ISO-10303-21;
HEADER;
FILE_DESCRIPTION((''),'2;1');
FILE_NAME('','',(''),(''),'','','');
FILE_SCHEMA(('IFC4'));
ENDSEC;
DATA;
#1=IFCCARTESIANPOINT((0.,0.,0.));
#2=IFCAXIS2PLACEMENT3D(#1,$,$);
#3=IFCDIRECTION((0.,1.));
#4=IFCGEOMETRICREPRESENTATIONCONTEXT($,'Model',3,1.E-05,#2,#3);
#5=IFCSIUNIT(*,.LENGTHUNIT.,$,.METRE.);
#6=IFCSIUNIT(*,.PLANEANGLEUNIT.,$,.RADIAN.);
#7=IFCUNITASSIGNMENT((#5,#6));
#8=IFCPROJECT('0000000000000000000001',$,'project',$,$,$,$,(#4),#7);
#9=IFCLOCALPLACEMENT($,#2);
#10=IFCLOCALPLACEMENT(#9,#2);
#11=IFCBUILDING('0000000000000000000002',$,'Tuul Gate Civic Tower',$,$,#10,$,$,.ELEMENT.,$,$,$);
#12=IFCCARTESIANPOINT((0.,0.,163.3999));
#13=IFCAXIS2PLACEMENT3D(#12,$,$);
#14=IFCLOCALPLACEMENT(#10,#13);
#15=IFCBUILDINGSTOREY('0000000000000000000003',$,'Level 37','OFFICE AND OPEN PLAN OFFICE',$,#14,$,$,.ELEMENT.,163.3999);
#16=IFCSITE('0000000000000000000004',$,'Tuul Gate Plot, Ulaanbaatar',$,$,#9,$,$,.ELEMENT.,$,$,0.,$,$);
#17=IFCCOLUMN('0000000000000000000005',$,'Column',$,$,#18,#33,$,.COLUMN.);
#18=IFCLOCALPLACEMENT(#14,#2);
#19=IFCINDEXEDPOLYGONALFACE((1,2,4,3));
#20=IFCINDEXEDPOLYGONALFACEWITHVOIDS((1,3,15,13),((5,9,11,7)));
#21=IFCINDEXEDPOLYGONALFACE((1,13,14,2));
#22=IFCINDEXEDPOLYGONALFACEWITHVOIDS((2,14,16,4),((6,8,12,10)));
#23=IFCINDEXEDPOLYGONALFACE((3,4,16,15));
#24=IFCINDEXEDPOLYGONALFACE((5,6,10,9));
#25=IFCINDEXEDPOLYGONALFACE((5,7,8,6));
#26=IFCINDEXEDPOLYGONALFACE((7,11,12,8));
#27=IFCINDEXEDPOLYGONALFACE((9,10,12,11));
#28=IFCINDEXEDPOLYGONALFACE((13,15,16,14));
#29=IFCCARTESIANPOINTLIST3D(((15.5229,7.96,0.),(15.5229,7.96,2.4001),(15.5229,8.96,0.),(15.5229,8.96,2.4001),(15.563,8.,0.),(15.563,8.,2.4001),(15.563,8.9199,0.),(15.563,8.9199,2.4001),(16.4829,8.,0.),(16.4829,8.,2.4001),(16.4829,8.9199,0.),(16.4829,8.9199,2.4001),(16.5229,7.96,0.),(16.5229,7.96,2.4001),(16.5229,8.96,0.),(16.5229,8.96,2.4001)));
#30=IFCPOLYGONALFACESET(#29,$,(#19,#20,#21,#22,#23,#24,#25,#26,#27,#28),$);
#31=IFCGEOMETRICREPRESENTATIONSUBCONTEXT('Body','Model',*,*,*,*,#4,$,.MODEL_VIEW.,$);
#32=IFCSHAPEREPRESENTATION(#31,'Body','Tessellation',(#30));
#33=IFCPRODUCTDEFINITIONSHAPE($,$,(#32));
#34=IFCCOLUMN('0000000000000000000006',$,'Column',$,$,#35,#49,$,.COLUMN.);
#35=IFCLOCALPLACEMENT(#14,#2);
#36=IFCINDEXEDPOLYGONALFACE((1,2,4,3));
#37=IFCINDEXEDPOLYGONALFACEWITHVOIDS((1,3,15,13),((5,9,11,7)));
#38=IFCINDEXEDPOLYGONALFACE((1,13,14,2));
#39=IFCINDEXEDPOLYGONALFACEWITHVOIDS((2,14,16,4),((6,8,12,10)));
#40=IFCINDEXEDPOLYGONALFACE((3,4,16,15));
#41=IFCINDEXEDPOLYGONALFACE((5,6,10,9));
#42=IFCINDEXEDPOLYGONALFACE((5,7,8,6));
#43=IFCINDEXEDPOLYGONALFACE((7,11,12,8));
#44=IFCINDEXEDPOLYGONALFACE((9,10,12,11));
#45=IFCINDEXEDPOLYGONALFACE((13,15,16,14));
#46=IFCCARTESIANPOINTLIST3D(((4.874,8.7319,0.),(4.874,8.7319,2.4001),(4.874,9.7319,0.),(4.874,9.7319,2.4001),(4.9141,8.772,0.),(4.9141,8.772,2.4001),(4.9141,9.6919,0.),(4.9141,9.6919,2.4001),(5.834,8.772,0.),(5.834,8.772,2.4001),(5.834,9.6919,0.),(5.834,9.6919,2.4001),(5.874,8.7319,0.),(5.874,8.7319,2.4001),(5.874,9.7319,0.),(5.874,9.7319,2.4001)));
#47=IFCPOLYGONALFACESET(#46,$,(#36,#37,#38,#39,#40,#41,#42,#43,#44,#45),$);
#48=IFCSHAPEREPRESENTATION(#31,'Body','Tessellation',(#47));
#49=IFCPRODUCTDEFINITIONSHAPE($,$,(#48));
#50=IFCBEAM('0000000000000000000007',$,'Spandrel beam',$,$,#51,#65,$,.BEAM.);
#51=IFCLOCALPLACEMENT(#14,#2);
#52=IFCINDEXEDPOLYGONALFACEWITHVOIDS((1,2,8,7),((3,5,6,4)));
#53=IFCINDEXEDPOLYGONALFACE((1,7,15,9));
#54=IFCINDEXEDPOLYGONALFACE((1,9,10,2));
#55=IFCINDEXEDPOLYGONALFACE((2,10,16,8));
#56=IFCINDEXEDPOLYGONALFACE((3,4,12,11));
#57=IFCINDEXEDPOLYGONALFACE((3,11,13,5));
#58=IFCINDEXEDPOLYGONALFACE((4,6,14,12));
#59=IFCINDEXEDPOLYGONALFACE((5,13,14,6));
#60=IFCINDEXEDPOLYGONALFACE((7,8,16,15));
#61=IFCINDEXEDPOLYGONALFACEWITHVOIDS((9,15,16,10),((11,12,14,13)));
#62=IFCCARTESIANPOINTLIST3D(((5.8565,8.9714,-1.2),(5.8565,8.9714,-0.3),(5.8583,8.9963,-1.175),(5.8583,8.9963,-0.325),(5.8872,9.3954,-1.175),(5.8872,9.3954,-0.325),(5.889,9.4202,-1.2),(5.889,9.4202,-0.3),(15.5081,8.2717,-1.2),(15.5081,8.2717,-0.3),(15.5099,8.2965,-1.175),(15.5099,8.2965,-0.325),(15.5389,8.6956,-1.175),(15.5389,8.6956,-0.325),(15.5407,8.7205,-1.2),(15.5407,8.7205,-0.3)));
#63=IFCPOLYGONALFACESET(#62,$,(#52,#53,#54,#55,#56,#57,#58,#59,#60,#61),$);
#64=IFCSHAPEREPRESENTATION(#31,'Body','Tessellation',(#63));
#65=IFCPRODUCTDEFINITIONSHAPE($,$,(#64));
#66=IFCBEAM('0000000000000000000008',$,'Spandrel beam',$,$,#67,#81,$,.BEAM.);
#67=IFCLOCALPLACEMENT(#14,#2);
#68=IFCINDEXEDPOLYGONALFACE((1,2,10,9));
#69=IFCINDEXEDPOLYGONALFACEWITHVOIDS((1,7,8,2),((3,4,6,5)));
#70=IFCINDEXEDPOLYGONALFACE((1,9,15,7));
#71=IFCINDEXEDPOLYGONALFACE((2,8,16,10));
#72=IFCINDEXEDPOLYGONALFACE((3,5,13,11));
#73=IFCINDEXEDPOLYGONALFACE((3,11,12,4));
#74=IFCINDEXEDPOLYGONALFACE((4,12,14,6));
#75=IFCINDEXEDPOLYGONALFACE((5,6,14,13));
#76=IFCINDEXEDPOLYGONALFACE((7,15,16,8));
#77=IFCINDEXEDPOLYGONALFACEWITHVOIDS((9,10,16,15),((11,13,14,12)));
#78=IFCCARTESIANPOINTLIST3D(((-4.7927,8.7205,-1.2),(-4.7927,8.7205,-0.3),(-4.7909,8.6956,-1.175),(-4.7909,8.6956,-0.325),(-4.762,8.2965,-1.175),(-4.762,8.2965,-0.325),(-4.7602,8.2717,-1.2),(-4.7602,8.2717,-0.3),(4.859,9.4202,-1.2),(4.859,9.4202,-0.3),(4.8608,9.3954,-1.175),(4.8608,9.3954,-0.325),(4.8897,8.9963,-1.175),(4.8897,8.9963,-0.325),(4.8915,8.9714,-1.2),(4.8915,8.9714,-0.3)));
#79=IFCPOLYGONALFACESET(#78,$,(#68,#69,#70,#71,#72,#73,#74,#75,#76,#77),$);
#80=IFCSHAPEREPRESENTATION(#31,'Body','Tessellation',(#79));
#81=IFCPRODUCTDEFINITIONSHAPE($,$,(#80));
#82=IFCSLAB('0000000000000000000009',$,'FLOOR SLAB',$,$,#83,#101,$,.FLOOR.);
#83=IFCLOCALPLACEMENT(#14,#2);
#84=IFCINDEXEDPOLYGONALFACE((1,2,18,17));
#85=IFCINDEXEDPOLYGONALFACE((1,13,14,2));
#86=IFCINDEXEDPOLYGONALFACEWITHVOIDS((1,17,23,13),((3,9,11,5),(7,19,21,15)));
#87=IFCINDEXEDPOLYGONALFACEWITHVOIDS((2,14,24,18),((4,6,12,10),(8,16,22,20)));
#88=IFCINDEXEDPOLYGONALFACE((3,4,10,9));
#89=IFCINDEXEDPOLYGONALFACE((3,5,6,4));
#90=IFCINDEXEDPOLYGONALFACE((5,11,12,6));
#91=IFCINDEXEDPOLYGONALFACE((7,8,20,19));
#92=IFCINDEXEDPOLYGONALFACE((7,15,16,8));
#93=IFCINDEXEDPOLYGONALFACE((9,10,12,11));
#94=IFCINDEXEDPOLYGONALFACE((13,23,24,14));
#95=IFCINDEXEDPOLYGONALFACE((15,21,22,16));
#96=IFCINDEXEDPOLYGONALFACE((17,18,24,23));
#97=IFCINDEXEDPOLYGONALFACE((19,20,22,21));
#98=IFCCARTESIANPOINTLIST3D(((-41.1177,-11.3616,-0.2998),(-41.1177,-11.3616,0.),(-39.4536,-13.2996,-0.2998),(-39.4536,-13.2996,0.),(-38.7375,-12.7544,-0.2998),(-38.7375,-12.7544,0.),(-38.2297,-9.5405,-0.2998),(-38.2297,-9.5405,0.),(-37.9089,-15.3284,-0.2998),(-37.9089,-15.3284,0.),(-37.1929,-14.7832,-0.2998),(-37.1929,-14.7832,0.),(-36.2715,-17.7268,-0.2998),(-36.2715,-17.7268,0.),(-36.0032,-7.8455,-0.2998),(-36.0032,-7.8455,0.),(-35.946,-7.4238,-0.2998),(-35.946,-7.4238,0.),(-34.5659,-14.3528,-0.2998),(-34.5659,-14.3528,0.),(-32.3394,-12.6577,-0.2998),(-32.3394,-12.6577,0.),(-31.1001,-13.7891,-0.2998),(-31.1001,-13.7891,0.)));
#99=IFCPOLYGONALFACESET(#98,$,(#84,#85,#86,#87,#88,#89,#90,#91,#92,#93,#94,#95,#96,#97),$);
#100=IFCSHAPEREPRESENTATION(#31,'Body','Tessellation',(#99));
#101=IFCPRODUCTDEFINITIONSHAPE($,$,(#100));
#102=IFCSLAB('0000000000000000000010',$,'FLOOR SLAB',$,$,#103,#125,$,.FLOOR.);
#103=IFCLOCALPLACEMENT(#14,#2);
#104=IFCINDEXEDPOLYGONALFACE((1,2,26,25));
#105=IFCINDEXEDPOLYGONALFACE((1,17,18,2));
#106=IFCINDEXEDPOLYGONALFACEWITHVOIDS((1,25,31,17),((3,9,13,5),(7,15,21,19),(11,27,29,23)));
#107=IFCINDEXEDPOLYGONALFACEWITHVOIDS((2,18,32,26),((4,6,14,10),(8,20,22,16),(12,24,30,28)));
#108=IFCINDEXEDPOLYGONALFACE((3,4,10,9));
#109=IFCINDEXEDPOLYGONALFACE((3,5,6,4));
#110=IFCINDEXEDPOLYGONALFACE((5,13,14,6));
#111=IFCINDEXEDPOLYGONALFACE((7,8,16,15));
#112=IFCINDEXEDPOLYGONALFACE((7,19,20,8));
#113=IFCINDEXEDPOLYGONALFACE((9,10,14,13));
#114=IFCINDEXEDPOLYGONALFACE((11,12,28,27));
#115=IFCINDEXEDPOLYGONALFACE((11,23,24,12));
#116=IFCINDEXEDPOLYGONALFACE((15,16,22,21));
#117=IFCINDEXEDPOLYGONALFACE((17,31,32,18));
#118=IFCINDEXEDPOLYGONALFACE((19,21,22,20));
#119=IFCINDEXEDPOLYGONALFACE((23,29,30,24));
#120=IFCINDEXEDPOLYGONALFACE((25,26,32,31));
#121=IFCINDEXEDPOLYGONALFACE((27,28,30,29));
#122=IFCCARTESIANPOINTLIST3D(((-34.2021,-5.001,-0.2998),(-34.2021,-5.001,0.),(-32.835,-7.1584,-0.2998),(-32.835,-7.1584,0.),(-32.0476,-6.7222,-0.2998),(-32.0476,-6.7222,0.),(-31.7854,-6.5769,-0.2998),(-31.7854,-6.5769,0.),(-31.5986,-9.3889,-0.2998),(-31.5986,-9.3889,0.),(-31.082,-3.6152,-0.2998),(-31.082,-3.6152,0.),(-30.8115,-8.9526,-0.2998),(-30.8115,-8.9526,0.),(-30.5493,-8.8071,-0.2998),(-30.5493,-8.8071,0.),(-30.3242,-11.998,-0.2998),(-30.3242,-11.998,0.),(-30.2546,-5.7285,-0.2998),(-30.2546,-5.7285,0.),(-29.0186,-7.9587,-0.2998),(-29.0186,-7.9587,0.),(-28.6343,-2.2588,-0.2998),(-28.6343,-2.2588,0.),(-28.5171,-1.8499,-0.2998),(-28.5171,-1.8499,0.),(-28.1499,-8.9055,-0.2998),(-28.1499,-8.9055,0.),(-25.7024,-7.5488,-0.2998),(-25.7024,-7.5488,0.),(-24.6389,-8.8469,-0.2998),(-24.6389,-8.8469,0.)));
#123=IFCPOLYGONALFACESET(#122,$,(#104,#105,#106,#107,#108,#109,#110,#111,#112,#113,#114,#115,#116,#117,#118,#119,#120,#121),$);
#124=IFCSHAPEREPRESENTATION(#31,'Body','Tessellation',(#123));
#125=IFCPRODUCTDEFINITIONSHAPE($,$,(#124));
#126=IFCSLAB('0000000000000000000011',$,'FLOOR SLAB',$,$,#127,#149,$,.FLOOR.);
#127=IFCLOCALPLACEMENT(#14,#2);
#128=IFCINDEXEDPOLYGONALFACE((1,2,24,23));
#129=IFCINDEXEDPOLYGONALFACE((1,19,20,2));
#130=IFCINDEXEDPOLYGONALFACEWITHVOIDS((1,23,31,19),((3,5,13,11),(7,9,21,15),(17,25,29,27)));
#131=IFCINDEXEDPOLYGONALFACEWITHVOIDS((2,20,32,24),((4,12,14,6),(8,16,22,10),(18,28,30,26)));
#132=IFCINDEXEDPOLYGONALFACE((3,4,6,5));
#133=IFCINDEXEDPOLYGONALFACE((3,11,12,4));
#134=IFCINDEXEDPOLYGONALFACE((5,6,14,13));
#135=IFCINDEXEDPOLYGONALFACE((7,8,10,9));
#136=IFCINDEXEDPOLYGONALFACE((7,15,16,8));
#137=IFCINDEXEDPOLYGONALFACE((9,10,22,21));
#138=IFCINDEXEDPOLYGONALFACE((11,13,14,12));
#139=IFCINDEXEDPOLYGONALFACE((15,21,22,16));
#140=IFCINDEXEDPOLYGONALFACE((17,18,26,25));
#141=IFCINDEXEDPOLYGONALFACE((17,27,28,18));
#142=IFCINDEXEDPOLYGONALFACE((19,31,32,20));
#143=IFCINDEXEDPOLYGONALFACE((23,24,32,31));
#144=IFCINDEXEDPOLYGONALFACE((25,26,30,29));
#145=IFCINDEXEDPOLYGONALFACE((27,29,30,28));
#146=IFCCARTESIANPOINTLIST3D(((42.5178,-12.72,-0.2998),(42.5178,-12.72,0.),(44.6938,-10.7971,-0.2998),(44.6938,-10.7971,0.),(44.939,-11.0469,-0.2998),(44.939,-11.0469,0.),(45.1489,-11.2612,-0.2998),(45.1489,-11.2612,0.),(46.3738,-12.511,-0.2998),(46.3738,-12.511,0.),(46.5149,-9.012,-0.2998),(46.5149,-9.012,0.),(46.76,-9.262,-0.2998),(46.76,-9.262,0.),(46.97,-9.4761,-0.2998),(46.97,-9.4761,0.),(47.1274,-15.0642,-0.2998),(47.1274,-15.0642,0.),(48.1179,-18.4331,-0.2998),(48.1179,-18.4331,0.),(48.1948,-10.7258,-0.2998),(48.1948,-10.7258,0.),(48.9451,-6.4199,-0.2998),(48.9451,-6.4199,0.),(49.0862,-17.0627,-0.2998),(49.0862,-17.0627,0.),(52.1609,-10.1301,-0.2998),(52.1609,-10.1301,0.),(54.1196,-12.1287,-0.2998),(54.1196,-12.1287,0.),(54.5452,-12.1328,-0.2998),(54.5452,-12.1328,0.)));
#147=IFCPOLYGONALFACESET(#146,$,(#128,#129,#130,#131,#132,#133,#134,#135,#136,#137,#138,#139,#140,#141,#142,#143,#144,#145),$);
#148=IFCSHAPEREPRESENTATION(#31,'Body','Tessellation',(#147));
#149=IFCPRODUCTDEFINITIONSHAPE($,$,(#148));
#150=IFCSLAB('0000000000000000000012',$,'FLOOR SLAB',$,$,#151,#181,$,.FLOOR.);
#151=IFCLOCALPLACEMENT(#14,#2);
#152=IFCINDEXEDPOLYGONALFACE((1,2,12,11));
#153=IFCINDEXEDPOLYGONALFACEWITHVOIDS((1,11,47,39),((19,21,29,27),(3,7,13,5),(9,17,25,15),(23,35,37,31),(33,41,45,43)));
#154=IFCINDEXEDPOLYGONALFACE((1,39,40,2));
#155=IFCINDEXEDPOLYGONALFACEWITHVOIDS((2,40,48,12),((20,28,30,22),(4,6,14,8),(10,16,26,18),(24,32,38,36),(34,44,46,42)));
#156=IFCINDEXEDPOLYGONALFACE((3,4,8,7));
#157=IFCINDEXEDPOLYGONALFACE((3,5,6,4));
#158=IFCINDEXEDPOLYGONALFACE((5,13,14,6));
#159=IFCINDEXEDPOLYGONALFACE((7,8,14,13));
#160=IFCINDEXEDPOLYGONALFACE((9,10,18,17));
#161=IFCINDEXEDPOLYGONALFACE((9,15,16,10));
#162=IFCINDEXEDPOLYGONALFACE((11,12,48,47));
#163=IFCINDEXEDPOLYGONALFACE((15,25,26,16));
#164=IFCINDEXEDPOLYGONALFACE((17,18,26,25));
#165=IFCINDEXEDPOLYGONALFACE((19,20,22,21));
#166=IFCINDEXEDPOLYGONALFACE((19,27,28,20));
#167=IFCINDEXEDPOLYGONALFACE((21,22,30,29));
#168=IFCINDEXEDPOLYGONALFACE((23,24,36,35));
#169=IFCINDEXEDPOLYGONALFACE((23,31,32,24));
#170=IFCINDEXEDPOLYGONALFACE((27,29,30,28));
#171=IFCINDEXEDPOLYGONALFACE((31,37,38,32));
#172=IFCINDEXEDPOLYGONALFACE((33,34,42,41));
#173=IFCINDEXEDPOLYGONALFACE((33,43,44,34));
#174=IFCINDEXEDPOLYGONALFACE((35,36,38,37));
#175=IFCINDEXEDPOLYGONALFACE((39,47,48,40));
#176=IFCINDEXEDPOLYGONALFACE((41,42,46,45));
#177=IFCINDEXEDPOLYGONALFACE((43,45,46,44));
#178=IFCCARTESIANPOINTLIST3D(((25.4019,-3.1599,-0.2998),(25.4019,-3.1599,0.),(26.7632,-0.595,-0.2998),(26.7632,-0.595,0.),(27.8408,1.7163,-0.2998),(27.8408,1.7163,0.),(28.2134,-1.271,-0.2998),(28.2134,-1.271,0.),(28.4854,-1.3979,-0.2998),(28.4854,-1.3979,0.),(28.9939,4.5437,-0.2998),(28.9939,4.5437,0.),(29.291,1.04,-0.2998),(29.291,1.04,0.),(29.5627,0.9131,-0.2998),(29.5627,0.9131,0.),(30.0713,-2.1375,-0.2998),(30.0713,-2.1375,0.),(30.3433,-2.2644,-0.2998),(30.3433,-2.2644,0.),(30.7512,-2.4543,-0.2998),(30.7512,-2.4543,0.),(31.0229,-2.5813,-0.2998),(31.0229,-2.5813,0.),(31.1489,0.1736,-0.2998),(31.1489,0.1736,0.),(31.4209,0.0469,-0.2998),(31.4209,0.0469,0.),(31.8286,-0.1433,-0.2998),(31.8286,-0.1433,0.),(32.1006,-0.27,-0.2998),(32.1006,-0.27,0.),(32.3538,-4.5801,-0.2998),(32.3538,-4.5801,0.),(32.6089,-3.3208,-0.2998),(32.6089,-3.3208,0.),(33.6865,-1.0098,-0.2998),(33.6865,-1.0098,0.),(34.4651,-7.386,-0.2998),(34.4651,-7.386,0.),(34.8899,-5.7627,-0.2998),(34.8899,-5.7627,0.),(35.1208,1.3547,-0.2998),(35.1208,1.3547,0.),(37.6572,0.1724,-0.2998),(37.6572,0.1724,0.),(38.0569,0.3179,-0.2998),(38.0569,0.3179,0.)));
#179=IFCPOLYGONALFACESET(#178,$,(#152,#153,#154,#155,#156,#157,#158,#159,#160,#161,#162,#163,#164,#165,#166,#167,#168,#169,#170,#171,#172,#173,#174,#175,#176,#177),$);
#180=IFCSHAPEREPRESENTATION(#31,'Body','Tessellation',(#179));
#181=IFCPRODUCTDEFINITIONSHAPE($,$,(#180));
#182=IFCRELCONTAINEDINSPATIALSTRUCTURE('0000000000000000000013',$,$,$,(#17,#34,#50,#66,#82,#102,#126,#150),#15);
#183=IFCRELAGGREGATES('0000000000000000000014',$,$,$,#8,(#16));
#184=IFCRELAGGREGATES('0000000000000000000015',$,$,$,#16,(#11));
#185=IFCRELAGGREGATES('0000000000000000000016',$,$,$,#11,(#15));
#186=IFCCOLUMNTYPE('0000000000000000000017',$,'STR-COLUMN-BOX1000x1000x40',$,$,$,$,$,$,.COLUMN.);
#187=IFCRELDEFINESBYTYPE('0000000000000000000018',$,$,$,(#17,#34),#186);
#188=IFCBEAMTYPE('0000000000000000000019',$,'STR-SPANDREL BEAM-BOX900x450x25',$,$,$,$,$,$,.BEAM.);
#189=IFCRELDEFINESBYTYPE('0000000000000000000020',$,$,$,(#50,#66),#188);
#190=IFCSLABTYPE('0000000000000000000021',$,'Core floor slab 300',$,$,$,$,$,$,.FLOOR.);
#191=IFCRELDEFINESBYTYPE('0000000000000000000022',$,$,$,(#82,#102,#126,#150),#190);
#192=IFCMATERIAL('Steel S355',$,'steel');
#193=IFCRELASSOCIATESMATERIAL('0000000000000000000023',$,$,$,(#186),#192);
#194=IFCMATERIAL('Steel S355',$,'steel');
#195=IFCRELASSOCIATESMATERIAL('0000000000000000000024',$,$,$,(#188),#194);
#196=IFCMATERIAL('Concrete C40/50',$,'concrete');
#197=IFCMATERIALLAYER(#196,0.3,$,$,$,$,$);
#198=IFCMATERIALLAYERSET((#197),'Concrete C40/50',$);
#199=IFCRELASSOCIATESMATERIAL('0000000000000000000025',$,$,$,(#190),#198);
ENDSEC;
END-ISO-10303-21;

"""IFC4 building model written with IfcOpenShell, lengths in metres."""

from ifc_helpers import new_model, si_unit, direction, frame, origin, origin_2d, place, context, subcontext, project, spatial, polyline, hollow_rectangle, outline, extrude, material, layer, layer_set, material_profile, profile_set, type_object, element, save


model = new_model("IFC4")

# Units and contexts
model_context = context("Model", 3, precision=1e-05, world=origin(), true_north=direction((0.0, 1.0)))
body_context = subcontext(model_context, "Body", "Model", "MODEL_VIEW")
ifc_project = project(units=[si_unit("LENGTHUNIT", "METRE"), si_unit("PLANEANGLEUNIT", "RADIAN")], contexts=[model_context])

# Site, building, storey
site_placement = place(None, origin())
site = spatial("IfcSite", under=ifc_project, at=site_placement, Name="Tuul Gate Plot, Ulaanbaatar", CompositionType="ELEMENT", RefElevation=0.0)
building_placement = place(site_placement, origin())
building = spatial("IfcBuilding", under=site, at=building_placement, Name="Tuul Gate Civic Tower", CompositionType="ELEMENT")
storey_placement = place(building_placement, frame((0.0, 0.0, 163.3999)))
storey = spatial("IfcBuildingStorey", under=building, at=storey_placement, Name="Level 37", Description="OFFICE AND OPEN PLAN OFFICE", CompositionType="ELEMENT", Elevation=163.3999)

# Columns
ifc_material_1 = material(Name="Steel S355", Category="steel")
ifc_material_profile_1 = material_profile(ifc_material_1, hollow_rectangle(XDim=1.0, YDim=1.0, WallThickness=0.04, at=origin_2d()), Name="BOX1000x1000x40")
ifc_profile_set_1 = profile_set([ifc_material_profile_1], Name="Steel S355")
column_type = type_object("IfcColumnType", Name="STR-COLUMN-BOX1000x1000x40", PredefinedType="COLUMN", material=ifc_profile_set_1)
for number, where, z_axis, x_axis, name in (
    (1, (16.0229, 8.46, 0.0), (0.0, 0.0, 1.0), (1.0, 0.0, 0.0), "Column"),
    (2, (5.374, 9.2319, 0.0), (0.0, 0.0, 1.0), (1.0, 0.0, 0.0), "Column"),
):
    element("IfcColumn", number, at=place(storey_placement, frame(where, z_axis=z_axis, x_axis=x_axis)), inside=storey, type_object=column_type, Name=name, PredefinedType="COLUMN", context=body_context, shape_type="SweptSolid", body=[
        extrude(hollow_rectangle(XDim=1.0, YDim=1.0, WallThickness=0.04, at=origin_2d()), origin(), (0.0, 0.0, 1.0), 2.4001),
    ])

# Beams
ifc_material_2 = material(Name="Steel S355", Category="steel")
ifc_material_profile_2 = material_profile(ifc_material_2, hollow_rectangle(XDim=0.45, YDim=0.8999, WallThickness=0.0249, at=origin_2d()), Name="BOX900x450x25")
ifc_profile_set_2 = profile_set([ifc_material_profile_2], Name="Steel S355")
beam_type = type_object("IfcBeamType", Name="STR-SPANDREL BEAM-BOX900x450x25", PredefinedType="BEAM", material=ifc_profile_set_2)
for number, where, z_axis, x_axis, name in (
    (3, (15.5244, 8.4961, -0.75), (-0.997382, 0.072307, 0.0), (-0.072307, -0.997382, 0.0), "Spandrel beam"),
    (4, (4.8752, 9.1958, -0.75), (-0.997382, -0.072307, 0.0), (0.072307, -0.997382, 0.0), "Spandrel beam"),
):
    element("IfcBeam", number, at=place(storey_placement, frame(where, z_axis=z_axis, x_axis=x_axis)), inside=storey, type_object=beam_type, Name=name, PredefinedType="BEAM", context=body_context, shape_type="SweptSolid", body=[
        extrude(hollow_rectangle(XDim=0.45, YDim=0.8999, WallThickness=0.0249, at=origin_2d()), origin(), (0.0, 0.0, 1.0), 9.677),
    ])

# Slabs
ifc_material_3 = material(Name="Concrete C40/50", Category="concrete")
ifc_layer_1 = layer(ifc_material_3, 0.3)
ifc_layer_set_1 = layer_set([ifc_layer_1], Name="Concrete C40/50")
slab_type_1 = type_object("IfcSlabType", Name="Core floor slab 300", PredefinedType="FLOOR", material=ifc_layer_set_1)
slab_1_placement = place(storey_placement, frame((0.0, 0.0, -0.2998)))
element("IfcSlab", 5, at=slab_1_placement, inside=storey, type_object=slab_type_1, Name="FLOOR SLAB", PredefinedType="FLOOR", context=body_context, shape_type="SweptSolid", body=[
    extrude(outline(polyline([(-31.1001, -13.7891), (-35.946, -7.4238), (-41.1177, -11.3616), (-36.2715, -17.7268), (-31.1001, -13.7891)]), holes=[polyline([(-37.1929, -14.7832), (-38.7375, -12.7544), (-39.4536, -13.2996), (-37.9089, -15.3284), (-37.1929, -14.7832)]), polyline([(-32.3394, -12.6577), (-34.5659, -14.3528), (-38.2297, -9.5405), (-36.0032, -7.8455), (-32.3394, -12.6577)])]), origin(), (0.0, 0.0, 1.0), 0.2998),
])
slab_2_placement = place(storey_placement, frame((0.0, 0.0, -0.2998)))
element("IfcSlab", 6, at=slab_2_placement, inside=storey, type_object=slab_type_1, Name="FLOOR SLAB", PredefinedType="FLOOR", context=body_context, shape_type="SweptSolid", body=[
    extrude(outline(polyline([(-24.6389, -8.8469), (-28.5171, -1.8499), (-34.2021, -5.001), (-30.3242, -11.998), (-24.6389, -8.8469)]), holes=[polyline([(-29.0186, -7.9587), (-30.2546, -5.7285), (-31.7854, -6.5769), (-30.5493, -8.8071), (-29.0186, -7.9587)]), polyline([(-30.8115, -8.9526), (-32.0476, -6.7222), (-32.835, -7.1584), (-31.5986, -9.3889), (-30.8115, -8.9526)]), polyline([(-25.7024, -7.5488), (-28.1499, -8.9055), (-31.082, -3.6152), (-28.6343, -2.2588), (-25.7024, -7.5488)])]), origin(), (0.0, 0.0, 1.0), 0.2998),
])
slab_3_placement = place(storey_placement, frame((0.0, 0.0, -0.2998)))
element("IfcSlab", 7, at=slab_3_placement, inside=storey, type_object=slab_type_1, Name="FLOOR SLAB", PredefinedType="FLOOR", context=body_context, shape_type="SweptSolid", body=[
    extrude(outline(polyline([(48.1179, -18.4331), (54.5452, -12.1328), (48.9451, -6.4199), (42.5178, -12.72), (48.1179, -18.4331)]), holes=[polyline([(46.3738, -12.511), (48.1948, -10.7258), (46.97, -9.4761), (45.1489, -11.2612), (46.3738, -12.511)]), polyline([(44.939, -11.0469), (46.76, -9.262), (46.5149, -9.012), (44.6938, -10.7971), (44.939, -11.0469)]), polyline([(49.0862, -17.0627), (47.1274, -15.0642), (52.1609, -10.1301), (54.1196, -12.1287), (49.0862, -17.0627)])]), origin(), (0.0, 0.0, 1.0), 0.2998),
])
slab_4_placement = place(storey_placement, frame((0.0, 0.0, -0.2998)))
element("IfcSlab", 8, at=slab_4_placement, inside=storey, type_object=slab_type_1, Name="FLOOR SLAB", PredefinedType="FLOOR", context=body_context, shape_type="SweptSolid", body=[
    extrude(outline(polyline([(34.4651, -7.386), (38.0569, 0.3179), (28.9939, 4.5437), (25.4019, -3.1599), (34.4651, -7.386)]), holes=[polyline([(32.6089, -3.3208), (33.6865, -1.0098), (32.1006, -0.27), (31.0229, -2.5813), (32.6089, -3.3208)]), polyline([(30.0713, -2.1375), (31.1489, 0.1736), (29.5627, 0.9131), (28.4854, -1.3979), (30.0713, -2.1375)]), polyline([(30.7512, -2.4543), (31.8286, -0.1433), (31.4209, 0.0469), (30.3433, -2.2644), (30.7512, -2.4543)]), polyline([(28.2134, -1.271), (29.291, 1.04), (27.8408, 1.7163), (26.7632, -0.595), (28.2134, -1.271)]), polyline([(34.8899, -5.7627), (32.3538, -4.5801), (35.1208, 1.3547), (37.6572, 0.1724), (34.8899, -5.7627)])]), origin(), (0.0, 0.0, 1.0), 0.2998),
])

save(model, "model.ifc")
